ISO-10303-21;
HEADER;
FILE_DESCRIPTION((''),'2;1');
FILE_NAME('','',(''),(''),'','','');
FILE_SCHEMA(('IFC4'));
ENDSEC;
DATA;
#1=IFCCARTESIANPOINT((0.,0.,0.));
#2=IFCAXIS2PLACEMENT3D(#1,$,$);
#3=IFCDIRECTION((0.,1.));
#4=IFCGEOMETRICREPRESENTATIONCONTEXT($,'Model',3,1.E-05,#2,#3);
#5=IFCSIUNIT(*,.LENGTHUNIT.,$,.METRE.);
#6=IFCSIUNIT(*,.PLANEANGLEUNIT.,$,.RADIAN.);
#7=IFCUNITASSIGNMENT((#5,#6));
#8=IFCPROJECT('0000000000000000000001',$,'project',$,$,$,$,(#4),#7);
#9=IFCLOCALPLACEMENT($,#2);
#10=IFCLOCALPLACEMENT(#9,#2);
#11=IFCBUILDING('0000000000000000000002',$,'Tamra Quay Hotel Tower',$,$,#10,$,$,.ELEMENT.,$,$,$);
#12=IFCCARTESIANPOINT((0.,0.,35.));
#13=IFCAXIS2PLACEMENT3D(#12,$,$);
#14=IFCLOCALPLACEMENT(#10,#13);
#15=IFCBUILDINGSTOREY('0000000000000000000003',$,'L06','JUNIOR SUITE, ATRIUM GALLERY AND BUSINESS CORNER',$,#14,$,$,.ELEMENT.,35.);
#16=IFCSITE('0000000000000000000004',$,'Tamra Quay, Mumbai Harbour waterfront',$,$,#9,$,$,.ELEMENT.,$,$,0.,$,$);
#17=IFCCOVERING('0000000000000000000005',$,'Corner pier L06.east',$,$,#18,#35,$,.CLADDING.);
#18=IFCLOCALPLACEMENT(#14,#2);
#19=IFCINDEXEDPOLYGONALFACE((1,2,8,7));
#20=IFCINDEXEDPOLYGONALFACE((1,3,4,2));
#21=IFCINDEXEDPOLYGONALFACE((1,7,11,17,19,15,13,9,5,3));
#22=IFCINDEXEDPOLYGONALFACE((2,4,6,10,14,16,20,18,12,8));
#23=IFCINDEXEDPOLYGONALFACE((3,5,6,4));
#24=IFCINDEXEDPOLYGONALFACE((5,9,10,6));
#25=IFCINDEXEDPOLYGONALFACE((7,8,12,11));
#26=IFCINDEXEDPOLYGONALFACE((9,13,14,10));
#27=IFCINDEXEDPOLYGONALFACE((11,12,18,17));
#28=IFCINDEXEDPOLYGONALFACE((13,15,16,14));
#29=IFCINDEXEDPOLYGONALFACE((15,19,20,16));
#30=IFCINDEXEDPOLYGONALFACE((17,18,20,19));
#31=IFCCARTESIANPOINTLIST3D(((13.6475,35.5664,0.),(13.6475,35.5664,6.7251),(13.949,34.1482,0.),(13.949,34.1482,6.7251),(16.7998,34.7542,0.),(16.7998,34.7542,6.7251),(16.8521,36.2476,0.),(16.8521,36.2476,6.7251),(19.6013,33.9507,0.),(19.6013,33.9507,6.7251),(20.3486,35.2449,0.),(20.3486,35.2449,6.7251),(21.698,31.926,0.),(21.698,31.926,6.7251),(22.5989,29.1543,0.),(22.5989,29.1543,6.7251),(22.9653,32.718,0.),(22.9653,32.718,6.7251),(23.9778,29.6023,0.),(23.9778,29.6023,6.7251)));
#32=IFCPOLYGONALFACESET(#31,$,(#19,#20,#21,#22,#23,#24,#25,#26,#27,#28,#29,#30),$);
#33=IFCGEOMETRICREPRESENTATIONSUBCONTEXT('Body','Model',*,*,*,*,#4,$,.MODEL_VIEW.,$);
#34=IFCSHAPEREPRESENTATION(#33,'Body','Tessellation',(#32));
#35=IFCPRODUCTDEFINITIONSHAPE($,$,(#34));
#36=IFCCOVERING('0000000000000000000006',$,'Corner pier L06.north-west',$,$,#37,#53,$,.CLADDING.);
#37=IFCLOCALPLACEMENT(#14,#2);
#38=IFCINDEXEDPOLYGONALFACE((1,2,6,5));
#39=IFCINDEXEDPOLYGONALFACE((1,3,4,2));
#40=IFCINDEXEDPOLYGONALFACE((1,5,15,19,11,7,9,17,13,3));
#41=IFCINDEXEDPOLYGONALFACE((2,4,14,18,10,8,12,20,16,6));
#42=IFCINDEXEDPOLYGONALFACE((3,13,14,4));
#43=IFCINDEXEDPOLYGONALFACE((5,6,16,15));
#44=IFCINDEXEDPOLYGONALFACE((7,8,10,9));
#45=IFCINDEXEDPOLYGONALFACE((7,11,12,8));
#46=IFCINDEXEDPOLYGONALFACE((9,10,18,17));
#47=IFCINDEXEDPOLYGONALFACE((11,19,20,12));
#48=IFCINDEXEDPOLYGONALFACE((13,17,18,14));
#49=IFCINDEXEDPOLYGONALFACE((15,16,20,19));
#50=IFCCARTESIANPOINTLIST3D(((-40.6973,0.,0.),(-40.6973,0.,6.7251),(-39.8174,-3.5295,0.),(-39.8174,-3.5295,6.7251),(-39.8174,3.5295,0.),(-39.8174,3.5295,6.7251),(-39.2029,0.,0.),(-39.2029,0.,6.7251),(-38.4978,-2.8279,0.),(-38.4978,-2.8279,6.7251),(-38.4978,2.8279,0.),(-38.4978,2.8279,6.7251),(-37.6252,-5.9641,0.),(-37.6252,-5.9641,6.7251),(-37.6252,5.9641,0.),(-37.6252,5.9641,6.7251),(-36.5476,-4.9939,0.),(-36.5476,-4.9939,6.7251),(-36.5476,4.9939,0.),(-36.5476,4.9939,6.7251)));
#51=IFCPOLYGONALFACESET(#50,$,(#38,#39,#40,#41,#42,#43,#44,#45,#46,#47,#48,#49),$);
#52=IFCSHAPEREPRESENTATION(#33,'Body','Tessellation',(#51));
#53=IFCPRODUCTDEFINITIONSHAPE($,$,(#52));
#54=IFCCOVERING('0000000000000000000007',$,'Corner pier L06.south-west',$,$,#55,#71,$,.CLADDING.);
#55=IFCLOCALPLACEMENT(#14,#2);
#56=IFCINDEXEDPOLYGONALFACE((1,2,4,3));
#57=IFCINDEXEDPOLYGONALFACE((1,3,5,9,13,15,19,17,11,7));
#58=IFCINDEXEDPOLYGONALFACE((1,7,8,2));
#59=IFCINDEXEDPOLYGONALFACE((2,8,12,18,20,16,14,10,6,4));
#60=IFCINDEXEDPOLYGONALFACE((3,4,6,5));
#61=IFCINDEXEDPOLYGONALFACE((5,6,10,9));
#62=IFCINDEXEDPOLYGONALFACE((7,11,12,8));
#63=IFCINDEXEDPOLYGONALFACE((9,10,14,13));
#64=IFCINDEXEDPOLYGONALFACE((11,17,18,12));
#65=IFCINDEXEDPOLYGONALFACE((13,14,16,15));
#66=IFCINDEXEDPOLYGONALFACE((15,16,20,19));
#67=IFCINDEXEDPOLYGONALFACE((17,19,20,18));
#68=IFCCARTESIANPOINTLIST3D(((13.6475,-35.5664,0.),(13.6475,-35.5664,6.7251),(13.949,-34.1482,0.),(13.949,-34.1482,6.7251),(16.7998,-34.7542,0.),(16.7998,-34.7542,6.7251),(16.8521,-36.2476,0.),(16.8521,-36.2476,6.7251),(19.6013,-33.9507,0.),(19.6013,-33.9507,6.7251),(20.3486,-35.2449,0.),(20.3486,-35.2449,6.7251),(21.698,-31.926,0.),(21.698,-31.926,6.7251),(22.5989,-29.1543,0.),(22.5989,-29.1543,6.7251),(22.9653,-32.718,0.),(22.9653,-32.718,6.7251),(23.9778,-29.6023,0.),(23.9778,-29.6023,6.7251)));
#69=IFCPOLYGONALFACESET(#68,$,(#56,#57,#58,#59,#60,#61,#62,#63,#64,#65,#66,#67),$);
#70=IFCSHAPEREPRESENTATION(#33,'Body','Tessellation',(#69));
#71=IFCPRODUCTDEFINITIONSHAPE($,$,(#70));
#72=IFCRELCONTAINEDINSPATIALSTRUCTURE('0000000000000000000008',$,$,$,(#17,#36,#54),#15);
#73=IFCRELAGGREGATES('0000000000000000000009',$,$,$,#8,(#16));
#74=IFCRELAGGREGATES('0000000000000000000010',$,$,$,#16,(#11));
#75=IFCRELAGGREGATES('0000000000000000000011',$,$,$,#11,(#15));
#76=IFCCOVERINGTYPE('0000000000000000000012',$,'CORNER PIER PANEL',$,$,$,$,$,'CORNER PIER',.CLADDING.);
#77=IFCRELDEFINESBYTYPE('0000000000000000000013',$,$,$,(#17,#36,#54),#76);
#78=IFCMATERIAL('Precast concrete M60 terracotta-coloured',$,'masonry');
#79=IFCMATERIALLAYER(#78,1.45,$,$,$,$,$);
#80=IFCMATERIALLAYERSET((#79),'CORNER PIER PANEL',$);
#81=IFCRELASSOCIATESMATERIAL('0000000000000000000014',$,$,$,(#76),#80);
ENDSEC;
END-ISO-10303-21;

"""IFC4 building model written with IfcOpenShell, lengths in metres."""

from ifc_helpers import new_model, si_unit, direction, frame, origin, place, context, subcontext, project, spatial, polyline, outline, extrude, material, layer, layer_set, type_object, element, save


model = new_model("IFC4")

# Units and contexts
model_context = context("Model", 3, precision=1e-05, world=origin(), true_north=direction((0.0, 1.0)))
body_context = subcontext(model_context, "Body", "Model", "MODEL_VIEW")
ifc_project = project(units=[si_unit("LENGTHUNIT", "METRE"), si_unit("PLANEANGLEUNIT", "RADIAN")], contexts=[model_context])

# Site, building, storey
site_placement = place(None, origin())
site = spatial("IfcSite", under=ifc_project, at=site_placement, Name="Tamra Quay, Mumbai Harbour waterfront", CompositionType="ELEMENT", RefElevation=0.0)
building_placement = place(site_placement, origin())
building = spatial("IfcBuilding", under=site, at=building_placement, Name="Tamra Quay Hotel Tower", CompositionType="ELEMENT")
storey_placement = place(building_placement, frame((0.0, 0.0, 35.0)))
storey = spatial("IfcBuildingStorey", under=building, at=storey_placement, Name="L06", Description="JUNIOR SUITE, ATRIUM GALLERY AND BUSINESS CORNER", CompositionType="ELEMENT", Elevation=35.0)

# Coverings
ifc_material_1 = material(Name="Precast concrete M60 terracotta-coloured", Category="masonry")
ifc_layer_1 = layer(ifc_material_1, 1.45)
ifc_layer_set_1 = layer_set([ifc_layer_1], Name="CORNER PIER PANEL")
covering_type = type_object("IfcCoveringType", Name="CORNER PIER PANEL", ElementType="CORNER PIER", PredefinedType="CLADDING", material=ifc_layer_set_1)
covering_1_placement = place(storey_placement, origin())
element("IfcCovering", 1, at=covering_1_placement, inside=storey, type_object=covering_type, Name="Corner pier L06.east", PredefinedType="CLADDING", context=body_context, shape_type="SweptSolid", body=[
    extrude(outline(polyline([(22.5989, 29.1543), (23.9778, 29.6023), (22.9653, 32.718), (20.3486, 35.2449), (16.8521, 36.2476), (13.6475, 35.5664), (13.949, 34.1482), (16.7998, 34.7542), (19.6013, 33.9507), (21.698, 31.926), (22.5989, 29.1543)])), origin(), (0.0, 0.0, 1.0), 6.7251),
])
covering_2_placement = place(storey_placement, origin())
element("IfcCovering", 2, at=covering_2_placement, inside=storey, type_object=covering_type, Name="Corner pier L06.north-west", PredefinedType="CLADDING", context=body_context, shape_type="SweptSolid", body=[
    extrude(outline(polyline([(-36.5476, 4.9939), (-37.6252, 5.9641), (-39.8174, 3.5295), (-40.6973, 0.0), (-39.8174, -3.5295), (-37.6252, -5.9641), (-36.5476, -4.9939), (-38.4978, -2.8279), (-39.2029, 0.0), (-38.4978, 2.8279), (-36.5476, 4.9939)])), origin(), (0.0, 0.0, 1.0), 6.7251),
])
covering_3_placement = place(storey_placement, origin())
element("IfcCovering", 3, at=covering_3_placement, inside=storey, type_object=covering_type, Name="Corner pier L06.south-west", PredefinedType="CLADDING", context=body_context, shape_type="SweptSolid", body=[
    extrude(outline(polyline([(13.949, -34.1482), (13.6475, -35.5664), (16.8521, -36.2476), (20.3486, -35.2449), (22.9653, -32.718), (23.9778, -29.6023), (22.5989, -29.1543), (21.698, -31.926), (19.6013, -33.9507), (16.7998, -34.7542), (13.949, -34.1482)])), origin(), (0.0, 0.0, 1.0), 6.7251),
])

save(model, "model.ifc")
